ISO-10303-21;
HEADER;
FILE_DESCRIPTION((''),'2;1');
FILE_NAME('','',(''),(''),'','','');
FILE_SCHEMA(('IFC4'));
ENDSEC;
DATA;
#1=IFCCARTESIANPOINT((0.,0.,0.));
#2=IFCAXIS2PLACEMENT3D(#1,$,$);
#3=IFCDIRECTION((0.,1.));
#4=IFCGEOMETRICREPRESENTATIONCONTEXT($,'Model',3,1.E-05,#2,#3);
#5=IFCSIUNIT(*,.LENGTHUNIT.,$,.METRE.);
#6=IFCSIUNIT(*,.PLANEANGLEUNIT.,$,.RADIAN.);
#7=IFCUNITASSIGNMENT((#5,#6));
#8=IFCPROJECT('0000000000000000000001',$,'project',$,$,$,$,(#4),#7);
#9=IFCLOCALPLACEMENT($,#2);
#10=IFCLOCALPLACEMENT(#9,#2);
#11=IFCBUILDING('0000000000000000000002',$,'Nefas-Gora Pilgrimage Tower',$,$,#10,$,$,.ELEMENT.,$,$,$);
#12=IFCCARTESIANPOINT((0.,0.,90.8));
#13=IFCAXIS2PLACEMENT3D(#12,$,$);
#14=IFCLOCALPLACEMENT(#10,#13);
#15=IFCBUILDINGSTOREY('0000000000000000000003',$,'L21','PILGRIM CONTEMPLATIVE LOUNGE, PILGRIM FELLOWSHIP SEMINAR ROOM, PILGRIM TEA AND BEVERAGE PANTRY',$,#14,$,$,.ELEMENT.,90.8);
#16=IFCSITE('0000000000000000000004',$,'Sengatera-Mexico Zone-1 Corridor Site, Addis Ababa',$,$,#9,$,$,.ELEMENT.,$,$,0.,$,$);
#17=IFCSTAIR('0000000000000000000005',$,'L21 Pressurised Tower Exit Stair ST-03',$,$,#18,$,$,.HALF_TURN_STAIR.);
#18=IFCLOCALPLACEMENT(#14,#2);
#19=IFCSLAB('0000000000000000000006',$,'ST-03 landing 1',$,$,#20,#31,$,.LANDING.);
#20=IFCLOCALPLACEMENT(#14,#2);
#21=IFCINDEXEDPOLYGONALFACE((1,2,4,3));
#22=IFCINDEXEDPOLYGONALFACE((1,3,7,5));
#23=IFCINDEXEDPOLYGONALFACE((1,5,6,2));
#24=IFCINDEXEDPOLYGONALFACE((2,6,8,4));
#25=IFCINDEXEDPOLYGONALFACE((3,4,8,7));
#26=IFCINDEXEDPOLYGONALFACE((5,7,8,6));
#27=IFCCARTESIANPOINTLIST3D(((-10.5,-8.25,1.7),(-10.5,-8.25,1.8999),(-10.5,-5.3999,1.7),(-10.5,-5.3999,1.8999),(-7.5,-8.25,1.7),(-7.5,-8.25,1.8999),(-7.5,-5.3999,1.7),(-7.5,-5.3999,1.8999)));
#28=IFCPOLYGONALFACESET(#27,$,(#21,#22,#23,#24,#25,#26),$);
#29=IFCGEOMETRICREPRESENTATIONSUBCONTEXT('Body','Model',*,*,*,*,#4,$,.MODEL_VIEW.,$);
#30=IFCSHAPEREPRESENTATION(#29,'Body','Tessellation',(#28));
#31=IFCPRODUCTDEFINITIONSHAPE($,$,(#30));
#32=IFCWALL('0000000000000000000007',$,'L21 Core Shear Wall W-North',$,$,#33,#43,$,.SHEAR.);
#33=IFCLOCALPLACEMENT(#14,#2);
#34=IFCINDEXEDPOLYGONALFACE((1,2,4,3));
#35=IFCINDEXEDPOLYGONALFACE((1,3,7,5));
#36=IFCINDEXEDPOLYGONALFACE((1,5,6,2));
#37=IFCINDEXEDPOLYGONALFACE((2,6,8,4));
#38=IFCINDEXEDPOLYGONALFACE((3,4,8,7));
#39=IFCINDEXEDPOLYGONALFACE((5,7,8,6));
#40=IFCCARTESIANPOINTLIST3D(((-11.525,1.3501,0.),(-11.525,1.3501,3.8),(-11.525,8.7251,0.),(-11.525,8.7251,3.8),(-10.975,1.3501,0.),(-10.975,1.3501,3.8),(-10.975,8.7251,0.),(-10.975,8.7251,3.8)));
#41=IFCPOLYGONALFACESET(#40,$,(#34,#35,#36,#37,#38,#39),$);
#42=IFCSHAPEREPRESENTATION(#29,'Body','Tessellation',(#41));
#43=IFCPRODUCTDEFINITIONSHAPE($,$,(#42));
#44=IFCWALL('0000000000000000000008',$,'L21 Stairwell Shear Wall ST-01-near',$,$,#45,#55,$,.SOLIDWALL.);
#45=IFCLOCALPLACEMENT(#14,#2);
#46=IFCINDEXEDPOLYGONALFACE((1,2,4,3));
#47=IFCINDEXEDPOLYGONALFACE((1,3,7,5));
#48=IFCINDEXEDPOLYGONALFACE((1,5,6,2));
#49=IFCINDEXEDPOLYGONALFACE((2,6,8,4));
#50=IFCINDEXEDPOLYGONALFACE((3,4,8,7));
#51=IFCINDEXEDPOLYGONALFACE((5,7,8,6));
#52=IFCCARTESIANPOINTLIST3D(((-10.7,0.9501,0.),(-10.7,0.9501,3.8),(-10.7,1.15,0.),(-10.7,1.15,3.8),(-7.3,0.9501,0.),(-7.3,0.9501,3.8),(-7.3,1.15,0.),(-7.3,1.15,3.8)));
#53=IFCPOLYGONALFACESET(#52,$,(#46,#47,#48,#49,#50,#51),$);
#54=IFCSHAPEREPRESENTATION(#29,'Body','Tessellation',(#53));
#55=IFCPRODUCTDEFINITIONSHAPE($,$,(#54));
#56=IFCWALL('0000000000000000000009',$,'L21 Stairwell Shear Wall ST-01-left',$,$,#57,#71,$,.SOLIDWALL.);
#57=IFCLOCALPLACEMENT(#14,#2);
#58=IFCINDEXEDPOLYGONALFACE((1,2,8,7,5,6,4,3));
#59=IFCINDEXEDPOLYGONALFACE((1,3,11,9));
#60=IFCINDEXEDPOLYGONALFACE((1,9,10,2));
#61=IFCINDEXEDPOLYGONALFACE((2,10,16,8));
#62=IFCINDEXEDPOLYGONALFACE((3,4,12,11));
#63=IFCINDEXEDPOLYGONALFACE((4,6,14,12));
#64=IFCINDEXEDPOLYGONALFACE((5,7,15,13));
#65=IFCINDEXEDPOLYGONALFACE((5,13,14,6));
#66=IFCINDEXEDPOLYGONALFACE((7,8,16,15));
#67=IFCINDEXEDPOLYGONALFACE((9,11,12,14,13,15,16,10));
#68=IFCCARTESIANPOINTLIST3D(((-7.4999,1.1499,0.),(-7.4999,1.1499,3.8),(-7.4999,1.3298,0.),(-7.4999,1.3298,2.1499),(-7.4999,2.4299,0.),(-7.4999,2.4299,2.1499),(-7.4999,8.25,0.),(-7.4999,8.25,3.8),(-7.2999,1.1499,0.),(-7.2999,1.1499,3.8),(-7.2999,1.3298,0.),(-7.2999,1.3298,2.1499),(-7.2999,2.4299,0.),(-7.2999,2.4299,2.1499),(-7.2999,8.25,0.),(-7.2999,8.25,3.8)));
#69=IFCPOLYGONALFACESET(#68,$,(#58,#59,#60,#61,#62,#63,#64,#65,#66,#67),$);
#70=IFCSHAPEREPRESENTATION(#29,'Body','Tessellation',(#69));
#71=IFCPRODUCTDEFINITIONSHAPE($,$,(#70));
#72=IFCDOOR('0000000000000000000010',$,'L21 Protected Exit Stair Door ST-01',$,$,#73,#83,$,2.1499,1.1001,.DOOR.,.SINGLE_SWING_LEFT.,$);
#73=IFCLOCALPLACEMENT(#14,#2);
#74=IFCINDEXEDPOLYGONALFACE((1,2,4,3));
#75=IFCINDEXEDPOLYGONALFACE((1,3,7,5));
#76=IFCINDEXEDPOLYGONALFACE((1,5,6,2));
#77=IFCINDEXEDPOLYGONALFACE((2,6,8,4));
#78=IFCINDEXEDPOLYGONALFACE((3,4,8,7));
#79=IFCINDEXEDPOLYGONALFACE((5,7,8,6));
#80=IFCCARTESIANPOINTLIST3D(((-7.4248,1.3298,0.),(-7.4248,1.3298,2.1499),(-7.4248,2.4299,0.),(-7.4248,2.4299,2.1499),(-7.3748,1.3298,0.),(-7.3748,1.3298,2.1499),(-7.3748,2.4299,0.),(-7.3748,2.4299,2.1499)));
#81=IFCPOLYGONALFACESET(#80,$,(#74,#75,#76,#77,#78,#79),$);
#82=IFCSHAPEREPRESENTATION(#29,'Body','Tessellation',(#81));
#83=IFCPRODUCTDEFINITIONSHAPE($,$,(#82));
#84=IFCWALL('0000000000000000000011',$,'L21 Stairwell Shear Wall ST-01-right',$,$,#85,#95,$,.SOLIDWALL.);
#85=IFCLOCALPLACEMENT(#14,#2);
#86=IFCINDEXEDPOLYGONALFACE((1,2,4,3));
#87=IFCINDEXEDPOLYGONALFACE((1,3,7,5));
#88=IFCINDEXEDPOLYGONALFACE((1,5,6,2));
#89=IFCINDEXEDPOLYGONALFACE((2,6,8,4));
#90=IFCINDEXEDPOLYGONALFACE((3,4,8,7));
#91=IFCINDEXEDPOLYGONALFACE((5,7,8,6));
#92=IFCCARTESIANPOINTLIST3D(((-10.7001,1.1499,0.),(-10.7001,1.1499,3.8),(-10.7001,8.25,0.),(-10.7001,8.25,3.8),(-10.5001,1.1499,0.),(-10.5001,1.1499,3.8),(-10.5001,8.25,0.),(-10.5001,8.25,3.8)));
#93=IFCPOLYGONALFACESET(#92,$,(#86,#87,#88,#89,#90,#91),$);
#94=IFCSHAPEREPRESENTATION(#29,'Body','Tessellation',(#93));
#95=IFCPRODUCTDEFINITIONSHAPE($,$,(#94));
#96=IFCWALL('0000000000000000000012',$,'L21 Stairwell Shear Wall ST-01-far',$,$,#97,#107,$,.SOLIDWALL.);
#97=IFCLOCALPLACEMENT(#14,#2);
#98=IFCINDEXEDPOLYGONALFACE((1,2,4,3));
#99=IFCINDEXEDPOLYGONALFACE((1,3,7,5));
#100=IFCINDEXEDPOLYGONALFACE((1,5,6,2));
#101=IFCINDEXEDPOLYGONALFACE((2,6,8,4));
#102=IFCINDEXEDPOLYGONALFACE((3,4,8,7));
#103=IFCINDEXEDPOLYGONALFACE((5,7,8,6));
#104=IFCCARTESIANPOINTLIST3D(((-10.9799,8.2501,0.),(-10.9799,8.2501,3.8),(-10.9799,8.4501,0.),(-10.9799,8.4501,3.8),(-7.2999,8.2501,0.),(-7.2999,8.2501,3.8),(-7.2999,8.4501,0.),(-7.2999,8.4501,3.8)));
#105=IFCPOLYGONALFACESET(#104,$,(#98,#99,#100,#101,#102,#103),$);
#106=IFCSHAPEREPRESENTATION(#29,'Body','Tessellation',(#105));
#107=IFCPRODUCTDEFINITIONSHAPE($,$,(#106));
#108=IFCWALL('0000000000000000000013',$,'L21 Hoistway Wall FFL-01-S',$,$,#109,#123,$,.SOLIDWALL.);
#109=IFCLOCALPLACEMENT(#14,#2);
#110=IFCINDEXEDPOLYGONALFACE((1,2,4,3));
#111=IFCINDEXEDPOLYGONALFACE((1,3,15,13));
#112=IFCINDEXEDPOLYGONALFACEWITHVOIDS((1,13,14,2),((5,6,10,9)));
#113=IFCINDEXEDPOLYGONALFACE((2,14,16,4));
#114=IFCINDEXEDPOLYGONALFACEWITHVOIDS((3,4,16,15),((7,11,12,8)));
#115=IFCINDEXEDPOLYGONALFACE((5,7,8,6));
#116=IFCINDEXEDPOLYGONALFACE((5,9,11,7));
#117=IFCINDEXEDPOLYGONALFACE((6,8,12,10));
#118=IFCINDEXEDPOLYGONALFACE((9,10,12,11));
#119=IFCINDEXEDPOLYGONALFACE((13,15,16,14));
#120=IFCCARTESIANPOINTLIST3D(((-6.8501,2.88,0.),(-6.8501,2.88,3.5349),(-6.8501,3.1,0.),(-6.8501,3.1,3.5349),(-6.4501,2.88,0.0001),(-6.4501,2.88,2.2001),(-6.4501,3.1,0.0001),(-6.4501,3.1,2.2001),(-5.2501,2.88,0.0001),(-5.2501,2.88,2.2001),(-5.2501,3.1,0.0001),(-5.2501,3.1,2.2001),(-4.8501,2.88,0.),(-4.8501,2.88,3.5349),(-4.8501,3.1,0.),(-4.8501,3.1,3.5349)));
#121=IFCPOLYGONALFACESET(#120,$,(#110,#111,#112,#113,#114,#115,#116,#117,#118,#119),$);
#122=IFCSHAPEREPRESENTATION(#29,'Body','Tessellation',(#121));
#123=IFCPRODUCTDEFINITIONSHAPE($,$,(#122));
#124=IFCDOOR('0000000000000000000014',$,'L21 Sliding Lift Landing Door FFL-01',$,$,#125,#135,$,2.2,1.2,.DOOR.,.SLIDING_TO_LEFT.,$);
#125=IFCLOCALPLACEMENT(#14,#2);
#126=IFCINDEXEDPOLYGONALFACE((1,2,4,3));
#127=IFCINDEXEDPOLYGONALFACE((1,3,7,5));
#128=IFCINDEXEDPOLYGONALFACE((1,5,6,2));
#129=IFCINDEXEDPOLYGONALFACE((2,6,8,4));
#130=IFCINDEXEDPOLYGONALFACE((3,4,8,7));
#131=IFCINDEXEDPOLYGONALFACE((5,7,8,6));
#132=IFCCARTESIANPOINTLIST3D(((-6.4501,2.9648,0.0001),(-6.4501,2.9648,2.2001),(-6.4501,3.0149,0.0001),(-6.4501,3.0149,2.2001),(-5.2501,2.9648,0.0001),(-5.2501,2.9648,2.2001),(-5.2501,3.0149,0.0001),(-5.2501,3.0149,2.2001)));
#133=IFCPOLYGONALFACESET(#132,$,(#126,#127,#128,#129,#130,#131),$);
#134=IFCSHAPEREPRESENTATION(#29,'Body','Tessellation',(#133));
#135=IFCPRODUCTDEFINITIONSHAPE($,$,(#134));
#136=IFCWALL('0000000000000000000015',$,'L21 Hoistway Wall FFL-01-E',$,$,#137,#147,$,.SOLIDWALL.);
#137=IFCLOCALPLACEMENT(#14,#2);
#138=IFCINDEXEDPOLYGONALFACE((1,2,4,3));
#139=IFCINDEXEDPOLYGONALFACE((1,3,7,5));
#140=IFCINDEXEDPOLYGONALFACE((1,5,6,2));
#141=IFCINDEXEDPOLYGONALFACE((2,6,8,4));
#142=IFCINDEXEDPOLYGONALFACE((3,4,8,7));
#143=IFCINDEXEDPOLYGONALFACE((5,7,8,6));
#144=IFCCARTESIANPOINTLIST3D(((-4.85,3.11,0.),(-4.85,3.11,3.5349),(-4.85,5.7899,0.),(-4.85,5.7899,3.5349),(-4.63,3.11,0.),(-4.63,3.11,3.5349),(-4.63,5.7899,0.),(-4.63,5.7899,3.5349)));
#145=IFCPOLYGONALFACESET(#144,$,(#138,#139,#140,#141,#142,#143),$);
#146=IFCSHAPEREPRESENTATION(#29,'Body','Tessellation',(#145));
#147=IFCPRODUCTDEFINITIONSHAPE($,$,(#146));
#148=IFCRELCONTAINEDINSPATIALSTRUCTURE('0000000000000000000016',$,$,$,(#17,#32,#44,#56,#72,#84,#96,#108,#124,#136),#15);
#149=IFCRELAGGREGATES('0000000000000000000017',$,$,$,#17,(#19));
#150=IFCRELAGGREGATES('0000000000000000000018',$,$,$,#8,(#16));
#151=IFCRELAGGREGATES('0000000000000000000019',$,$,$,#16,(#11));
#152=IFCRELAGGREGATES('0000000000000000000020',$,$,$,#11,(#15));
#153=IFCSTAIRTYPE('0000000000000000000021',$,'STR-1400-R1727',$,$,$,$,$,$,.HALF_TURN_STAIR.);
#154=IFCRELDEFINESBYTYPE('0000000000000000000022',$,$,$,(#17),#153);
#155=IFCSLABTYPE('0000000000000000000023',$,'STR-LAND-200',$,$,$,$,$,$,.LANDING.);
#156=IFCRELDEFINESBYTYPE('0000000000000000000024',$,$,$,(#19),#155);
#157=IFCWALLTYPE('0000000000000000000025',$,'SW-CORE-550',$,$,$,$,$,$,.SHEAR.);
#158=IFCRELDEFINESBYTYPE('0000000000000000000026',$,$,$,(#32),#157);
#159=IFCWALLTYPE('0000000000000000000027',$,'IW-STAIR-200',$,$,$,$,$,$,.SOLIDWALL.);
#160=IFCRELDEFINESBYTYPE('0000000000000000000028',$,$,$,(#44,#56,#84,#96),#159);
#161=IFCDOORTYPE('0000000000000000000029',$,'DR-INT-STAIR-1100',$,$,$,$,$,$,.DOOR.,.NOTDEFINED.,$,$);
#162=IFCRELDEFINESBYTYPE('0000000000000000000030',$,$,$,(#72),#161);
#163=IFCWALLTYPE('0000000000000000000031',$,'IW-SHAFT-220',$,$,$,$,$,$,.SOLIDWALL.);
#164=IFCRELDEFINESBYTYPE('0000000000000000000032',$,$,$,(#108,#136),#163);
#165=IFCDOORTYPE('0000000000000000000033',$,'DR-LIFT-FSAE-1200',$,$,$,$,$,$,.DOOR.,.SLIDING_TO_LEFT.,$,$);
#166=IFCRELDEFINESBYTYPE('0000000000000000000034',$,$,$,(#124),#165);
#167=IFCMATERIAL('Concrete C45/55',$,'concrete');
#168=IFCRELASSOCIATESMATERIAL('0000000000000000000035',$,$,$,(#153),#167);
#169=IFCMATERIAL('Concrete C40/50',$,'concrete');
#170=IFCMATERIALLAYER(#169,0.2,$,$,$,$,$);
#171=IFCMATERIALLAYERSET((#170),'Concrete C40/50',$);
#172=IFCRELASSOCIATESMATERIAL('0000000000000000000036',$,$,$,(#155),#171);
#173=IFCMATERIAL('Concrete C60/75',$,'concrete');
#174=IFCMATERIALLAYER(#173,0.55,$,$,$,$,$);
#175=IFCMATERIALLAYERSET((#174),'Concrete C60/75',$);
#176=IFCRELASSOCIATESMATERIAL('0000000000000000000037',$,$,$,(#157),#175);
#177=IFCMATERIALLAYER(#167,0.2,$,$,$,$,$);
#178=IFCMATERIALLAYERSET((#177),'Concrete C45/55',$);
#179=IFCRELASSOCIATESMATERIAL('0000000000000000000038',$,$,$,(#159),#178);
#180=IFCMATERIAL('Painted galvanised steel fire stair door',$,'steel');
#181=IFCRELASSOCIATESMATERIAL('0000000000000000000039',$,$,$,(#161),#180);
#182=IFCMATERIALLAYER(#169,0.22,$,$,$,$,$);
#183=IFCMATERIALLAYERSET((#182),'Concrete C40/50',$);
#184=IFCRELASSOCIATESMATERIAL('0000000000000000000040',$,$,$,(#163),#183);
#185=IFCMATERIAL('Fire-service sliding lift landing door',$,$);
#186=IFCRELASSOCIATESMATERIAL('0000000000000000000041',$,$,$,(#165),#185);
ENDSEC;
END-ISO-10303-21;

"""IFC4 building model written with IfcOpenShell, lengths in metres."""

from ifc_helpers import new_model, si_unit, direction, frame, frame_2d, origin, place, context, subcontext, project, spatial, polyline, rectangle, outline, extrude, source, transform, mapped, material, layer, layer_set, type_object, element, fill, aggregate, save


model = new_model("IFC4")

# Units and contexts
model_context = context("Model", 3, precision=1e-05, world=origin(), true_north=direction((0.0, 1.0)))
body_context = subcontext(model_context, "Body", "Model", "MODEL_VIEW")
ifc_project = project(units=[si_unit("LENGTHUNIT", "METRE"), si_unit("PLANEANGLEUNIT", "RADIAN")], contexts=[model_context])

# Site, building, storey
site_placement = place(None, origin())
site = spatial("IfcSite", under=ifc_project, at=site_placement, Name="Sengatera-Mexico Zone-1 Corridor Site, Addis Ababa", CompositionType="ELEMENT", RefElevation=0.0)
building_placement = place(site_placement, origin())
building = spatial("IfcBuilding", under=site, at=building_placement, Name="Nefas-Gora Pilgrimage Tower", CompositionType="ELEMENT")
storey_placement = place(building_placement, frame((0.0, 0.0, 90.8)))
storey = spatial("IfcBuildingStorey", under=building, at=storey_placement, Name="L21", Description="PILGRIM CONTEMPLATIVE LOUNGE, PILGRIM FELLOWSHIP SEMINAR ROOM, PILGRIM TEA AND BEVERAGE PANTRY", CompositionType="ELEMENT", Elevation=90.8)

# Shared definitions
ifc_material_1 = material(Name="Concrete C40/50", Category="concrete")

# Stair, slab
ifc_material_2 = material(Name="Concrete C45/55", Category="concrete")
stair_type = type_object("IfcStairType", Name="STR-1400-R1727", PredefinedType="HALF_TURN_STAIR", material=ifc_material_2)
ifc_layer_1 = layer(ifc_material_1, 0.2)
ifc_layer_set_1 = layer_set([ifc_layer_1], Name="Concrete C40/50")
slab_type_1 = type_object("IfcSlabType", Name="STR-LAND-200", PredefinedType="LANDING", material=ifc_layer_set_1)
stair_1_placement = place(storey_placement, origin())
stair_1 = element("IfcStair", 1, at=stair_1_placement, inside=storey, type_object=stair_type, Name="L21 Pressurised Tower Exit Stair ST-03", PredefinedType="HALF_TURN_STAIR")
slab_1_placement = place(storey_placement, frame((0.0, 0.0, 1.7)))
slab_1 = element("IfcSlab", 2, at=slab_1_placement, type_object=slab_type_1, Name="ST-03 landing 1", PredefinedType="LANDING", context=body_context, shape_type="SweptSolid", body=[
    extrude(outline(polyline([(-10.5, -5.3999), (-10.5, -8.25), (-7.5, -8.25), (-7.5, -5.3999), (-10.5, -5.3999)])), origin(), (0.0, 0.0, 1.0), 0.2),
])
aggregate(stair_1, [slab_1])

# Walls
ifc_material_3 = material(Name="Concrete C60/75", Category="concrete")
ifc_layer_2 = layer(ifc_material_3, 0.55)
ifc_layer_set_2 = layer_set([ifc_layer_2], Name="Concrete C60/75")
wall_type_1 = type_object("IfcWallType", Name="SW-CORE-550", PredefinedType="SHEAR", material=ifc_layer_set_2)
shared_shape_1 = source(origin(), body_context, "Body", "SweptSolid", [
    extrude(rectangle(XDim=7.375, YDim=0.55, at=frame_2d((3.6875, 0.0))), origin(), (0.0, 0.0, 1.0), 3.8),
])
wall_1_placement = place(storey_placement, frame((-11.25, 1.3501, 0.0), z_axis=(0.0, 0.0, 1.0), x_axis=(0.0, 1.0, 0.0)))
element("IfcWall", 3, at=wall_1_placement, inside=storey, type_object=wall_type_1, Name="L21 Core Shear Wall W-North", PredefinedType="SHEAR", context=body_context, shape_type="MappedRepresentation", body=[
    mapped(shared_shape_1, transform((0.0, 0.0, 0.0), x_axis=(1.0, 0.0, 0.0), y_axis=(0.0, 1.0, 0.0), z_axis=(0.0, 0.0, 1.0), scale=1.0)),
])
ifc_layer_3 = layer(ifc_material_2, 0.2)
ifc_layer_set_3 = layer_set([ifc_layer_3], Name="Concrete C45/55")
wall_type_2 = type_object("IfcWallType", Name="IW-STAIR-200", PredefinedType="SOLIDWALL", material=ifc_layer_set_3)
shared_shape_2 = source(origin(), body_context, "Body", "SweptSolid", [
    extrude(rectangle(XDim=3.3999, YDim=0.2, at=frame_2d((1.7, 0.0))), origin(), (0.0, 0.0, 1.0), 3.8),
])
wall_2_placement = place(storey_placement, frame((-7.3, 1.05, 0.0), z_axis=(0.0, 0.0, 1.0), x_axis=(-1.0, 0.0, 0.0)))
element("IfcWall", 4, at=wall_2_placement, inside=storey, type_object=wall_type_2, Name="L21 Stairwell Shear Wall ST-01-near", PredefinedType="SOLIDWALL", context=body_context, shape_type="MappedRepresentation", body=[
    mapped(shared_shape_2, transform((0.0, 0.0, 0.0), x_axis=(1.0, 0.0, 0.0), y_axis=(0.0, 1.0, 0.0), z_axis=(0.0, 0.0, 1.0), scale=1.0)),
])

# Wall, opening, door
shared_shape_3 = source(origin(), body_context, "Body", "SweptSolid", [
    extrude(rectangle(XDim=7.1001, YDim=0.2, at=frame_2d((3.55, 0.0))), origin(), (0.0, 0.0, 1.0), 3.8),
])
wall_3_placement = place(storey_placement, frame((-7.3999, 1.1499, 0.0), z_axis=(0.0, 0.0, 1.0), x_axis=(0.0, 1.0, 0.0)))
wall_3 = element("IfcWall", 5, at=wall_3_placement, inside=storey, type_object=wall_type_2, Name="L21 Stairwell Shear Wall ST-01-left", PredefinedType="SOLIDWALL", context=body_context, shape_type="MappedRepresentation", body=[
    mapped(shared_shape_3, transform((0.0, 0.0, 0.0), x_axis=(1.0, 0.0, 0.0), y_axis=(0.0, 1.0, 0.0), z_axis=(0.0, 0.0, 1.0), scale=1.0)),
])
opening_1_placement = place(wall_3_placement, frame((0.1799, 0.0, 0.0)))
opening_1 = element("IfcOpeningElement", 6, at=opening_1_placement, cuts=wall_3, PredefinedType="OPENING", context=body_context, shape_type="SweptSolid", body=[
    extrude(rectangle(XDim=1.1001, YDim=2.1499, at=frame_2d((0.55, 1.075))), frame((0.0, 0.1099, 0.0), z_axis=(0.0, -1.0, 0.0), x_axis=(1.0, 0.0, 0.0)), (0.0, 0.0, 1.0), 0.22),
])
ifc_material_4 = material(Name="Painted galvanised steel fire stair door", Category="steel")
door_type_1 = type_object("IfcDoorType", Name="DR-INT-STAIR-1100", OperationType="NOTDEFINED", PredefinedType="DOOR", material=ifc_material_4)
shared_shape_4 = source(origin(), body_context, "Body", "SweptSolid", [
    extrude(rectangle(XDim=1.1001, YDim=2.1499, at=frame_2d((0.55, 1.075))), frame((0.0, 0.0249, 0.0), z_axis=(0.0, -1.0, 0.0), x_axis=(1.0, 0.0, 0.0)), (0.0, 0.0, 1.0), 0.05),
])
door_1_placement = place(opening_1_placement, origin())
door_1 = element("IfcDoor", 7, at=door_1_placement, inside=storey, type_object=door_type_1, Name="L21 Protected Exit Stair Door ST-01", OperationType="SINGLE_SWING_LEFT", OverallHeight=2.1499, OverallWidth=1.1001, PredefinedType="DOOR", context=body_context, shape_type="MappedRepresentation", body=[
    mapped(shared_shape_4, transform((0.0, 0.0, 0.0), x_axis=(1.0, 0.0, 0.0), y_axis=(0.0, 1.0, 0.0), z_axis=(0.0, 0.0, 1.0), scale=1.0)),
])
fill(opening_1, door_1)

# Walls
wall_4_placement = place(storey_placement, frame((-10.6001, 1.1499, 0.0), z_axis=(0.0, 0.0, 1.0), x_axis=(0.0, 1.0, 0.0)))
element("IfcWall", 8, at=wall_4_placement, inside=storey, type_object=wall_type_2, Name="L21 Stairwell Shear Wall ST-01-right", PredefinedType="SOLIDWALL", context=body_context, shape_type="MappedRepresentation", body=[
    mapped(shared_shape_3, transform((0.0, 0.0, 0.0), x_axis=(1.0, 0.0, 0.0), y_axis=(0.0, 1.0, 0.0), z_axis=(0.0, 0.0, 1.0), scale=1.0)),
])
shared_shape_5 = source(origin(), body_context, "Body", "SweptSolid", [
    extrude(rectangle(XDim=3.6799, YDim=0.2, at=frame_2d((1.8398, 0.0))), origin(), (0.0, 0.0, 1.0), 3.8),
])
wall_5_placement = place(storey_placement, frame((-7.3, 8.3501, 0.0), z_axis=(0.0, 0.0, 1.0), x_axis=(-1.0, 0.0, 0.0)))
element("IfcWall", 9, at=wall_5_placement, inside=storey, type_object=wall_type_2, Name="L21 Stairwell Shear Wall ST-01-far", PredefinedType="SOLIDWALL", context=body_context, shape_type="MappedRepresentation", body=[
    mapped(shared_shape_5, transform((0.0, 0.0, 0.0), x_axis=(1.0, 0.0, 0.0), y_axis=(0.0, 1.0, 0.0), z_axis=(0.0, 0.0, 1.0), scale=1.0)),
])

# Wall, opening, door
ifc_layer_4 = layer(ifc_material_1, 0.22)
ifc_layer_set_4 = layer_set([ifc_layer_4], Name="Concrete C40/50")
wall_type_3 = type_object("IfcWallType", Name="IW-SHAFT-220", PredefinedType="SOLIDWALL", material=ifc_layer_set_4)
shared_shape_6 = source(origin(), body_context, "Body", "SweptSolid", [
    extrude(rectangle(XDim=2.0, YDim=0.22, at=frame_2d((1.0, 0.0))), origin(), (0.0, 0.0, 1.0), 3.5349),
])
wall_6_placement = place(storey_placement, frame((-6.8501, 2.99, 0.0), z_axis=(0.0, 0.0, 1.0), x_axis=(1.0, 0.0, 0.0)))
wall_6 = element("IfcWall", 10, at=wall_6_placement, inside=storey, type_object=wall_type_3, Name="L21 Hoistway Wall FFL-01-S", PredefinedType="SOLIDWALL", context=body_context, shape_type="MappedRepresentation", body=[
    mapped(shared_shape_6, transform((0.0, 0.0, 0.0), x_axis=(1.0, 0.0, 0.0), y_axis=(0.0, 1.0, 0.0), z_axis=(0.0, 0.0, 1.0), scale=1.0)),
])
opening_2_placement = place(wall_6_placement, frame((0.3999, 0.0, 0.0)))
opening_2 = element("IfcOpeningElement", 11, at=opening_2_placement, cuts=wall_6, PredefinedType="OPENING", context=body_context, shape_type="SweptSolid", body=[
    extrude(rectangle(XDim=1.2, YDim=2.2, at=frame_2d((0.6001, 1.1001))), frame((0.0, 0.1199, 0.0), z_axis=(0.0, -1.0, 0.0), x_axis=(1.0, 0.0, 0.0)), (0.0, 0.0, 1.0), 0.24),
])
ifc_material_5 = material(Name="Fire-service sliding lift landing door")
door_type_2 = type_object("IfcDoorType", Name="DR-LIFT-FSAE-1200", OperationType="SLIDING_TO_LEFT", PredefinedType="DOOR", material=ifc_material_5)
shared_shape_7 = source(origin(), body_context, "Body", "SweptSolid", [
    extrude(rectangle(XDim=1.2, YDim=2.2, at=frame_2d((0.6001, 1.1001))), frame((0.0, 0.0249, 0.0), z_axis=(0.0, -1.0, 0.0), x_axis=(1.0, 0.0, 0.0)), (0.0, 0.0, 1.0), 0.05),
])
door_2_placement = place(opening_2_placement, origin())
door_2 = element("IfcDoor", 12, at=door_2_placement, inside=storey, type_object=door_type_2, Name="L21 Sliding Lift Landing Door FFL-01", OperationType="SLIDING_TO_LEFT", OverallHeight=2.2, OverallWidth=1.2, PredefinedType="DOOR", context=body_context, shape_type="MappedRepresentation", body=[
    mapped(shared_shape_7, transform((0.0, 0.0, 0.0), x_axis=(1.0, 0.0, 0.0), y_axis=(0.0, 1.0, 0.0), z_axis=(0.0, 0.0, 1.0), scale=1.0)),
])
fill(opening_2, door_2)

# Wall
shared_shape_8 = source(origin(), body_context, "Body", "SweptSolid", [
    extrude(rectangle(XDim=2.6799, YDim=0.22, at=frame_2d((1.3398, 0.0))), origin(), (0.0, 0.0, 1.0), 3.5349),
])
wall_7_placement = place(storey_placement, frame((-4.74, 3.1101, 0.0), z_axis=(0.0, 0.0, 1.0), x_axis=(0.0, 1.0, 0.0)))
element("IfcWall", 13, at=wall_7_placement, inside=storey, type_object=wall_type_3, Name="L21 Hoistway Wall FFL-01-E", PredefinedType="SOLIDWALL", context=body_context, shape_type="MappedRepresentation", body=[
    mapped(shared_shape_8, transform((0.0, 0.0, 0.0), x_axis=(1.0, 0.0, 0.0), y_axis=(0.0, 1.0, 0.0), z_axis=(0.0, 0.0, 1.0), scale=1.0)),
])

save(model, "model.ifc")
